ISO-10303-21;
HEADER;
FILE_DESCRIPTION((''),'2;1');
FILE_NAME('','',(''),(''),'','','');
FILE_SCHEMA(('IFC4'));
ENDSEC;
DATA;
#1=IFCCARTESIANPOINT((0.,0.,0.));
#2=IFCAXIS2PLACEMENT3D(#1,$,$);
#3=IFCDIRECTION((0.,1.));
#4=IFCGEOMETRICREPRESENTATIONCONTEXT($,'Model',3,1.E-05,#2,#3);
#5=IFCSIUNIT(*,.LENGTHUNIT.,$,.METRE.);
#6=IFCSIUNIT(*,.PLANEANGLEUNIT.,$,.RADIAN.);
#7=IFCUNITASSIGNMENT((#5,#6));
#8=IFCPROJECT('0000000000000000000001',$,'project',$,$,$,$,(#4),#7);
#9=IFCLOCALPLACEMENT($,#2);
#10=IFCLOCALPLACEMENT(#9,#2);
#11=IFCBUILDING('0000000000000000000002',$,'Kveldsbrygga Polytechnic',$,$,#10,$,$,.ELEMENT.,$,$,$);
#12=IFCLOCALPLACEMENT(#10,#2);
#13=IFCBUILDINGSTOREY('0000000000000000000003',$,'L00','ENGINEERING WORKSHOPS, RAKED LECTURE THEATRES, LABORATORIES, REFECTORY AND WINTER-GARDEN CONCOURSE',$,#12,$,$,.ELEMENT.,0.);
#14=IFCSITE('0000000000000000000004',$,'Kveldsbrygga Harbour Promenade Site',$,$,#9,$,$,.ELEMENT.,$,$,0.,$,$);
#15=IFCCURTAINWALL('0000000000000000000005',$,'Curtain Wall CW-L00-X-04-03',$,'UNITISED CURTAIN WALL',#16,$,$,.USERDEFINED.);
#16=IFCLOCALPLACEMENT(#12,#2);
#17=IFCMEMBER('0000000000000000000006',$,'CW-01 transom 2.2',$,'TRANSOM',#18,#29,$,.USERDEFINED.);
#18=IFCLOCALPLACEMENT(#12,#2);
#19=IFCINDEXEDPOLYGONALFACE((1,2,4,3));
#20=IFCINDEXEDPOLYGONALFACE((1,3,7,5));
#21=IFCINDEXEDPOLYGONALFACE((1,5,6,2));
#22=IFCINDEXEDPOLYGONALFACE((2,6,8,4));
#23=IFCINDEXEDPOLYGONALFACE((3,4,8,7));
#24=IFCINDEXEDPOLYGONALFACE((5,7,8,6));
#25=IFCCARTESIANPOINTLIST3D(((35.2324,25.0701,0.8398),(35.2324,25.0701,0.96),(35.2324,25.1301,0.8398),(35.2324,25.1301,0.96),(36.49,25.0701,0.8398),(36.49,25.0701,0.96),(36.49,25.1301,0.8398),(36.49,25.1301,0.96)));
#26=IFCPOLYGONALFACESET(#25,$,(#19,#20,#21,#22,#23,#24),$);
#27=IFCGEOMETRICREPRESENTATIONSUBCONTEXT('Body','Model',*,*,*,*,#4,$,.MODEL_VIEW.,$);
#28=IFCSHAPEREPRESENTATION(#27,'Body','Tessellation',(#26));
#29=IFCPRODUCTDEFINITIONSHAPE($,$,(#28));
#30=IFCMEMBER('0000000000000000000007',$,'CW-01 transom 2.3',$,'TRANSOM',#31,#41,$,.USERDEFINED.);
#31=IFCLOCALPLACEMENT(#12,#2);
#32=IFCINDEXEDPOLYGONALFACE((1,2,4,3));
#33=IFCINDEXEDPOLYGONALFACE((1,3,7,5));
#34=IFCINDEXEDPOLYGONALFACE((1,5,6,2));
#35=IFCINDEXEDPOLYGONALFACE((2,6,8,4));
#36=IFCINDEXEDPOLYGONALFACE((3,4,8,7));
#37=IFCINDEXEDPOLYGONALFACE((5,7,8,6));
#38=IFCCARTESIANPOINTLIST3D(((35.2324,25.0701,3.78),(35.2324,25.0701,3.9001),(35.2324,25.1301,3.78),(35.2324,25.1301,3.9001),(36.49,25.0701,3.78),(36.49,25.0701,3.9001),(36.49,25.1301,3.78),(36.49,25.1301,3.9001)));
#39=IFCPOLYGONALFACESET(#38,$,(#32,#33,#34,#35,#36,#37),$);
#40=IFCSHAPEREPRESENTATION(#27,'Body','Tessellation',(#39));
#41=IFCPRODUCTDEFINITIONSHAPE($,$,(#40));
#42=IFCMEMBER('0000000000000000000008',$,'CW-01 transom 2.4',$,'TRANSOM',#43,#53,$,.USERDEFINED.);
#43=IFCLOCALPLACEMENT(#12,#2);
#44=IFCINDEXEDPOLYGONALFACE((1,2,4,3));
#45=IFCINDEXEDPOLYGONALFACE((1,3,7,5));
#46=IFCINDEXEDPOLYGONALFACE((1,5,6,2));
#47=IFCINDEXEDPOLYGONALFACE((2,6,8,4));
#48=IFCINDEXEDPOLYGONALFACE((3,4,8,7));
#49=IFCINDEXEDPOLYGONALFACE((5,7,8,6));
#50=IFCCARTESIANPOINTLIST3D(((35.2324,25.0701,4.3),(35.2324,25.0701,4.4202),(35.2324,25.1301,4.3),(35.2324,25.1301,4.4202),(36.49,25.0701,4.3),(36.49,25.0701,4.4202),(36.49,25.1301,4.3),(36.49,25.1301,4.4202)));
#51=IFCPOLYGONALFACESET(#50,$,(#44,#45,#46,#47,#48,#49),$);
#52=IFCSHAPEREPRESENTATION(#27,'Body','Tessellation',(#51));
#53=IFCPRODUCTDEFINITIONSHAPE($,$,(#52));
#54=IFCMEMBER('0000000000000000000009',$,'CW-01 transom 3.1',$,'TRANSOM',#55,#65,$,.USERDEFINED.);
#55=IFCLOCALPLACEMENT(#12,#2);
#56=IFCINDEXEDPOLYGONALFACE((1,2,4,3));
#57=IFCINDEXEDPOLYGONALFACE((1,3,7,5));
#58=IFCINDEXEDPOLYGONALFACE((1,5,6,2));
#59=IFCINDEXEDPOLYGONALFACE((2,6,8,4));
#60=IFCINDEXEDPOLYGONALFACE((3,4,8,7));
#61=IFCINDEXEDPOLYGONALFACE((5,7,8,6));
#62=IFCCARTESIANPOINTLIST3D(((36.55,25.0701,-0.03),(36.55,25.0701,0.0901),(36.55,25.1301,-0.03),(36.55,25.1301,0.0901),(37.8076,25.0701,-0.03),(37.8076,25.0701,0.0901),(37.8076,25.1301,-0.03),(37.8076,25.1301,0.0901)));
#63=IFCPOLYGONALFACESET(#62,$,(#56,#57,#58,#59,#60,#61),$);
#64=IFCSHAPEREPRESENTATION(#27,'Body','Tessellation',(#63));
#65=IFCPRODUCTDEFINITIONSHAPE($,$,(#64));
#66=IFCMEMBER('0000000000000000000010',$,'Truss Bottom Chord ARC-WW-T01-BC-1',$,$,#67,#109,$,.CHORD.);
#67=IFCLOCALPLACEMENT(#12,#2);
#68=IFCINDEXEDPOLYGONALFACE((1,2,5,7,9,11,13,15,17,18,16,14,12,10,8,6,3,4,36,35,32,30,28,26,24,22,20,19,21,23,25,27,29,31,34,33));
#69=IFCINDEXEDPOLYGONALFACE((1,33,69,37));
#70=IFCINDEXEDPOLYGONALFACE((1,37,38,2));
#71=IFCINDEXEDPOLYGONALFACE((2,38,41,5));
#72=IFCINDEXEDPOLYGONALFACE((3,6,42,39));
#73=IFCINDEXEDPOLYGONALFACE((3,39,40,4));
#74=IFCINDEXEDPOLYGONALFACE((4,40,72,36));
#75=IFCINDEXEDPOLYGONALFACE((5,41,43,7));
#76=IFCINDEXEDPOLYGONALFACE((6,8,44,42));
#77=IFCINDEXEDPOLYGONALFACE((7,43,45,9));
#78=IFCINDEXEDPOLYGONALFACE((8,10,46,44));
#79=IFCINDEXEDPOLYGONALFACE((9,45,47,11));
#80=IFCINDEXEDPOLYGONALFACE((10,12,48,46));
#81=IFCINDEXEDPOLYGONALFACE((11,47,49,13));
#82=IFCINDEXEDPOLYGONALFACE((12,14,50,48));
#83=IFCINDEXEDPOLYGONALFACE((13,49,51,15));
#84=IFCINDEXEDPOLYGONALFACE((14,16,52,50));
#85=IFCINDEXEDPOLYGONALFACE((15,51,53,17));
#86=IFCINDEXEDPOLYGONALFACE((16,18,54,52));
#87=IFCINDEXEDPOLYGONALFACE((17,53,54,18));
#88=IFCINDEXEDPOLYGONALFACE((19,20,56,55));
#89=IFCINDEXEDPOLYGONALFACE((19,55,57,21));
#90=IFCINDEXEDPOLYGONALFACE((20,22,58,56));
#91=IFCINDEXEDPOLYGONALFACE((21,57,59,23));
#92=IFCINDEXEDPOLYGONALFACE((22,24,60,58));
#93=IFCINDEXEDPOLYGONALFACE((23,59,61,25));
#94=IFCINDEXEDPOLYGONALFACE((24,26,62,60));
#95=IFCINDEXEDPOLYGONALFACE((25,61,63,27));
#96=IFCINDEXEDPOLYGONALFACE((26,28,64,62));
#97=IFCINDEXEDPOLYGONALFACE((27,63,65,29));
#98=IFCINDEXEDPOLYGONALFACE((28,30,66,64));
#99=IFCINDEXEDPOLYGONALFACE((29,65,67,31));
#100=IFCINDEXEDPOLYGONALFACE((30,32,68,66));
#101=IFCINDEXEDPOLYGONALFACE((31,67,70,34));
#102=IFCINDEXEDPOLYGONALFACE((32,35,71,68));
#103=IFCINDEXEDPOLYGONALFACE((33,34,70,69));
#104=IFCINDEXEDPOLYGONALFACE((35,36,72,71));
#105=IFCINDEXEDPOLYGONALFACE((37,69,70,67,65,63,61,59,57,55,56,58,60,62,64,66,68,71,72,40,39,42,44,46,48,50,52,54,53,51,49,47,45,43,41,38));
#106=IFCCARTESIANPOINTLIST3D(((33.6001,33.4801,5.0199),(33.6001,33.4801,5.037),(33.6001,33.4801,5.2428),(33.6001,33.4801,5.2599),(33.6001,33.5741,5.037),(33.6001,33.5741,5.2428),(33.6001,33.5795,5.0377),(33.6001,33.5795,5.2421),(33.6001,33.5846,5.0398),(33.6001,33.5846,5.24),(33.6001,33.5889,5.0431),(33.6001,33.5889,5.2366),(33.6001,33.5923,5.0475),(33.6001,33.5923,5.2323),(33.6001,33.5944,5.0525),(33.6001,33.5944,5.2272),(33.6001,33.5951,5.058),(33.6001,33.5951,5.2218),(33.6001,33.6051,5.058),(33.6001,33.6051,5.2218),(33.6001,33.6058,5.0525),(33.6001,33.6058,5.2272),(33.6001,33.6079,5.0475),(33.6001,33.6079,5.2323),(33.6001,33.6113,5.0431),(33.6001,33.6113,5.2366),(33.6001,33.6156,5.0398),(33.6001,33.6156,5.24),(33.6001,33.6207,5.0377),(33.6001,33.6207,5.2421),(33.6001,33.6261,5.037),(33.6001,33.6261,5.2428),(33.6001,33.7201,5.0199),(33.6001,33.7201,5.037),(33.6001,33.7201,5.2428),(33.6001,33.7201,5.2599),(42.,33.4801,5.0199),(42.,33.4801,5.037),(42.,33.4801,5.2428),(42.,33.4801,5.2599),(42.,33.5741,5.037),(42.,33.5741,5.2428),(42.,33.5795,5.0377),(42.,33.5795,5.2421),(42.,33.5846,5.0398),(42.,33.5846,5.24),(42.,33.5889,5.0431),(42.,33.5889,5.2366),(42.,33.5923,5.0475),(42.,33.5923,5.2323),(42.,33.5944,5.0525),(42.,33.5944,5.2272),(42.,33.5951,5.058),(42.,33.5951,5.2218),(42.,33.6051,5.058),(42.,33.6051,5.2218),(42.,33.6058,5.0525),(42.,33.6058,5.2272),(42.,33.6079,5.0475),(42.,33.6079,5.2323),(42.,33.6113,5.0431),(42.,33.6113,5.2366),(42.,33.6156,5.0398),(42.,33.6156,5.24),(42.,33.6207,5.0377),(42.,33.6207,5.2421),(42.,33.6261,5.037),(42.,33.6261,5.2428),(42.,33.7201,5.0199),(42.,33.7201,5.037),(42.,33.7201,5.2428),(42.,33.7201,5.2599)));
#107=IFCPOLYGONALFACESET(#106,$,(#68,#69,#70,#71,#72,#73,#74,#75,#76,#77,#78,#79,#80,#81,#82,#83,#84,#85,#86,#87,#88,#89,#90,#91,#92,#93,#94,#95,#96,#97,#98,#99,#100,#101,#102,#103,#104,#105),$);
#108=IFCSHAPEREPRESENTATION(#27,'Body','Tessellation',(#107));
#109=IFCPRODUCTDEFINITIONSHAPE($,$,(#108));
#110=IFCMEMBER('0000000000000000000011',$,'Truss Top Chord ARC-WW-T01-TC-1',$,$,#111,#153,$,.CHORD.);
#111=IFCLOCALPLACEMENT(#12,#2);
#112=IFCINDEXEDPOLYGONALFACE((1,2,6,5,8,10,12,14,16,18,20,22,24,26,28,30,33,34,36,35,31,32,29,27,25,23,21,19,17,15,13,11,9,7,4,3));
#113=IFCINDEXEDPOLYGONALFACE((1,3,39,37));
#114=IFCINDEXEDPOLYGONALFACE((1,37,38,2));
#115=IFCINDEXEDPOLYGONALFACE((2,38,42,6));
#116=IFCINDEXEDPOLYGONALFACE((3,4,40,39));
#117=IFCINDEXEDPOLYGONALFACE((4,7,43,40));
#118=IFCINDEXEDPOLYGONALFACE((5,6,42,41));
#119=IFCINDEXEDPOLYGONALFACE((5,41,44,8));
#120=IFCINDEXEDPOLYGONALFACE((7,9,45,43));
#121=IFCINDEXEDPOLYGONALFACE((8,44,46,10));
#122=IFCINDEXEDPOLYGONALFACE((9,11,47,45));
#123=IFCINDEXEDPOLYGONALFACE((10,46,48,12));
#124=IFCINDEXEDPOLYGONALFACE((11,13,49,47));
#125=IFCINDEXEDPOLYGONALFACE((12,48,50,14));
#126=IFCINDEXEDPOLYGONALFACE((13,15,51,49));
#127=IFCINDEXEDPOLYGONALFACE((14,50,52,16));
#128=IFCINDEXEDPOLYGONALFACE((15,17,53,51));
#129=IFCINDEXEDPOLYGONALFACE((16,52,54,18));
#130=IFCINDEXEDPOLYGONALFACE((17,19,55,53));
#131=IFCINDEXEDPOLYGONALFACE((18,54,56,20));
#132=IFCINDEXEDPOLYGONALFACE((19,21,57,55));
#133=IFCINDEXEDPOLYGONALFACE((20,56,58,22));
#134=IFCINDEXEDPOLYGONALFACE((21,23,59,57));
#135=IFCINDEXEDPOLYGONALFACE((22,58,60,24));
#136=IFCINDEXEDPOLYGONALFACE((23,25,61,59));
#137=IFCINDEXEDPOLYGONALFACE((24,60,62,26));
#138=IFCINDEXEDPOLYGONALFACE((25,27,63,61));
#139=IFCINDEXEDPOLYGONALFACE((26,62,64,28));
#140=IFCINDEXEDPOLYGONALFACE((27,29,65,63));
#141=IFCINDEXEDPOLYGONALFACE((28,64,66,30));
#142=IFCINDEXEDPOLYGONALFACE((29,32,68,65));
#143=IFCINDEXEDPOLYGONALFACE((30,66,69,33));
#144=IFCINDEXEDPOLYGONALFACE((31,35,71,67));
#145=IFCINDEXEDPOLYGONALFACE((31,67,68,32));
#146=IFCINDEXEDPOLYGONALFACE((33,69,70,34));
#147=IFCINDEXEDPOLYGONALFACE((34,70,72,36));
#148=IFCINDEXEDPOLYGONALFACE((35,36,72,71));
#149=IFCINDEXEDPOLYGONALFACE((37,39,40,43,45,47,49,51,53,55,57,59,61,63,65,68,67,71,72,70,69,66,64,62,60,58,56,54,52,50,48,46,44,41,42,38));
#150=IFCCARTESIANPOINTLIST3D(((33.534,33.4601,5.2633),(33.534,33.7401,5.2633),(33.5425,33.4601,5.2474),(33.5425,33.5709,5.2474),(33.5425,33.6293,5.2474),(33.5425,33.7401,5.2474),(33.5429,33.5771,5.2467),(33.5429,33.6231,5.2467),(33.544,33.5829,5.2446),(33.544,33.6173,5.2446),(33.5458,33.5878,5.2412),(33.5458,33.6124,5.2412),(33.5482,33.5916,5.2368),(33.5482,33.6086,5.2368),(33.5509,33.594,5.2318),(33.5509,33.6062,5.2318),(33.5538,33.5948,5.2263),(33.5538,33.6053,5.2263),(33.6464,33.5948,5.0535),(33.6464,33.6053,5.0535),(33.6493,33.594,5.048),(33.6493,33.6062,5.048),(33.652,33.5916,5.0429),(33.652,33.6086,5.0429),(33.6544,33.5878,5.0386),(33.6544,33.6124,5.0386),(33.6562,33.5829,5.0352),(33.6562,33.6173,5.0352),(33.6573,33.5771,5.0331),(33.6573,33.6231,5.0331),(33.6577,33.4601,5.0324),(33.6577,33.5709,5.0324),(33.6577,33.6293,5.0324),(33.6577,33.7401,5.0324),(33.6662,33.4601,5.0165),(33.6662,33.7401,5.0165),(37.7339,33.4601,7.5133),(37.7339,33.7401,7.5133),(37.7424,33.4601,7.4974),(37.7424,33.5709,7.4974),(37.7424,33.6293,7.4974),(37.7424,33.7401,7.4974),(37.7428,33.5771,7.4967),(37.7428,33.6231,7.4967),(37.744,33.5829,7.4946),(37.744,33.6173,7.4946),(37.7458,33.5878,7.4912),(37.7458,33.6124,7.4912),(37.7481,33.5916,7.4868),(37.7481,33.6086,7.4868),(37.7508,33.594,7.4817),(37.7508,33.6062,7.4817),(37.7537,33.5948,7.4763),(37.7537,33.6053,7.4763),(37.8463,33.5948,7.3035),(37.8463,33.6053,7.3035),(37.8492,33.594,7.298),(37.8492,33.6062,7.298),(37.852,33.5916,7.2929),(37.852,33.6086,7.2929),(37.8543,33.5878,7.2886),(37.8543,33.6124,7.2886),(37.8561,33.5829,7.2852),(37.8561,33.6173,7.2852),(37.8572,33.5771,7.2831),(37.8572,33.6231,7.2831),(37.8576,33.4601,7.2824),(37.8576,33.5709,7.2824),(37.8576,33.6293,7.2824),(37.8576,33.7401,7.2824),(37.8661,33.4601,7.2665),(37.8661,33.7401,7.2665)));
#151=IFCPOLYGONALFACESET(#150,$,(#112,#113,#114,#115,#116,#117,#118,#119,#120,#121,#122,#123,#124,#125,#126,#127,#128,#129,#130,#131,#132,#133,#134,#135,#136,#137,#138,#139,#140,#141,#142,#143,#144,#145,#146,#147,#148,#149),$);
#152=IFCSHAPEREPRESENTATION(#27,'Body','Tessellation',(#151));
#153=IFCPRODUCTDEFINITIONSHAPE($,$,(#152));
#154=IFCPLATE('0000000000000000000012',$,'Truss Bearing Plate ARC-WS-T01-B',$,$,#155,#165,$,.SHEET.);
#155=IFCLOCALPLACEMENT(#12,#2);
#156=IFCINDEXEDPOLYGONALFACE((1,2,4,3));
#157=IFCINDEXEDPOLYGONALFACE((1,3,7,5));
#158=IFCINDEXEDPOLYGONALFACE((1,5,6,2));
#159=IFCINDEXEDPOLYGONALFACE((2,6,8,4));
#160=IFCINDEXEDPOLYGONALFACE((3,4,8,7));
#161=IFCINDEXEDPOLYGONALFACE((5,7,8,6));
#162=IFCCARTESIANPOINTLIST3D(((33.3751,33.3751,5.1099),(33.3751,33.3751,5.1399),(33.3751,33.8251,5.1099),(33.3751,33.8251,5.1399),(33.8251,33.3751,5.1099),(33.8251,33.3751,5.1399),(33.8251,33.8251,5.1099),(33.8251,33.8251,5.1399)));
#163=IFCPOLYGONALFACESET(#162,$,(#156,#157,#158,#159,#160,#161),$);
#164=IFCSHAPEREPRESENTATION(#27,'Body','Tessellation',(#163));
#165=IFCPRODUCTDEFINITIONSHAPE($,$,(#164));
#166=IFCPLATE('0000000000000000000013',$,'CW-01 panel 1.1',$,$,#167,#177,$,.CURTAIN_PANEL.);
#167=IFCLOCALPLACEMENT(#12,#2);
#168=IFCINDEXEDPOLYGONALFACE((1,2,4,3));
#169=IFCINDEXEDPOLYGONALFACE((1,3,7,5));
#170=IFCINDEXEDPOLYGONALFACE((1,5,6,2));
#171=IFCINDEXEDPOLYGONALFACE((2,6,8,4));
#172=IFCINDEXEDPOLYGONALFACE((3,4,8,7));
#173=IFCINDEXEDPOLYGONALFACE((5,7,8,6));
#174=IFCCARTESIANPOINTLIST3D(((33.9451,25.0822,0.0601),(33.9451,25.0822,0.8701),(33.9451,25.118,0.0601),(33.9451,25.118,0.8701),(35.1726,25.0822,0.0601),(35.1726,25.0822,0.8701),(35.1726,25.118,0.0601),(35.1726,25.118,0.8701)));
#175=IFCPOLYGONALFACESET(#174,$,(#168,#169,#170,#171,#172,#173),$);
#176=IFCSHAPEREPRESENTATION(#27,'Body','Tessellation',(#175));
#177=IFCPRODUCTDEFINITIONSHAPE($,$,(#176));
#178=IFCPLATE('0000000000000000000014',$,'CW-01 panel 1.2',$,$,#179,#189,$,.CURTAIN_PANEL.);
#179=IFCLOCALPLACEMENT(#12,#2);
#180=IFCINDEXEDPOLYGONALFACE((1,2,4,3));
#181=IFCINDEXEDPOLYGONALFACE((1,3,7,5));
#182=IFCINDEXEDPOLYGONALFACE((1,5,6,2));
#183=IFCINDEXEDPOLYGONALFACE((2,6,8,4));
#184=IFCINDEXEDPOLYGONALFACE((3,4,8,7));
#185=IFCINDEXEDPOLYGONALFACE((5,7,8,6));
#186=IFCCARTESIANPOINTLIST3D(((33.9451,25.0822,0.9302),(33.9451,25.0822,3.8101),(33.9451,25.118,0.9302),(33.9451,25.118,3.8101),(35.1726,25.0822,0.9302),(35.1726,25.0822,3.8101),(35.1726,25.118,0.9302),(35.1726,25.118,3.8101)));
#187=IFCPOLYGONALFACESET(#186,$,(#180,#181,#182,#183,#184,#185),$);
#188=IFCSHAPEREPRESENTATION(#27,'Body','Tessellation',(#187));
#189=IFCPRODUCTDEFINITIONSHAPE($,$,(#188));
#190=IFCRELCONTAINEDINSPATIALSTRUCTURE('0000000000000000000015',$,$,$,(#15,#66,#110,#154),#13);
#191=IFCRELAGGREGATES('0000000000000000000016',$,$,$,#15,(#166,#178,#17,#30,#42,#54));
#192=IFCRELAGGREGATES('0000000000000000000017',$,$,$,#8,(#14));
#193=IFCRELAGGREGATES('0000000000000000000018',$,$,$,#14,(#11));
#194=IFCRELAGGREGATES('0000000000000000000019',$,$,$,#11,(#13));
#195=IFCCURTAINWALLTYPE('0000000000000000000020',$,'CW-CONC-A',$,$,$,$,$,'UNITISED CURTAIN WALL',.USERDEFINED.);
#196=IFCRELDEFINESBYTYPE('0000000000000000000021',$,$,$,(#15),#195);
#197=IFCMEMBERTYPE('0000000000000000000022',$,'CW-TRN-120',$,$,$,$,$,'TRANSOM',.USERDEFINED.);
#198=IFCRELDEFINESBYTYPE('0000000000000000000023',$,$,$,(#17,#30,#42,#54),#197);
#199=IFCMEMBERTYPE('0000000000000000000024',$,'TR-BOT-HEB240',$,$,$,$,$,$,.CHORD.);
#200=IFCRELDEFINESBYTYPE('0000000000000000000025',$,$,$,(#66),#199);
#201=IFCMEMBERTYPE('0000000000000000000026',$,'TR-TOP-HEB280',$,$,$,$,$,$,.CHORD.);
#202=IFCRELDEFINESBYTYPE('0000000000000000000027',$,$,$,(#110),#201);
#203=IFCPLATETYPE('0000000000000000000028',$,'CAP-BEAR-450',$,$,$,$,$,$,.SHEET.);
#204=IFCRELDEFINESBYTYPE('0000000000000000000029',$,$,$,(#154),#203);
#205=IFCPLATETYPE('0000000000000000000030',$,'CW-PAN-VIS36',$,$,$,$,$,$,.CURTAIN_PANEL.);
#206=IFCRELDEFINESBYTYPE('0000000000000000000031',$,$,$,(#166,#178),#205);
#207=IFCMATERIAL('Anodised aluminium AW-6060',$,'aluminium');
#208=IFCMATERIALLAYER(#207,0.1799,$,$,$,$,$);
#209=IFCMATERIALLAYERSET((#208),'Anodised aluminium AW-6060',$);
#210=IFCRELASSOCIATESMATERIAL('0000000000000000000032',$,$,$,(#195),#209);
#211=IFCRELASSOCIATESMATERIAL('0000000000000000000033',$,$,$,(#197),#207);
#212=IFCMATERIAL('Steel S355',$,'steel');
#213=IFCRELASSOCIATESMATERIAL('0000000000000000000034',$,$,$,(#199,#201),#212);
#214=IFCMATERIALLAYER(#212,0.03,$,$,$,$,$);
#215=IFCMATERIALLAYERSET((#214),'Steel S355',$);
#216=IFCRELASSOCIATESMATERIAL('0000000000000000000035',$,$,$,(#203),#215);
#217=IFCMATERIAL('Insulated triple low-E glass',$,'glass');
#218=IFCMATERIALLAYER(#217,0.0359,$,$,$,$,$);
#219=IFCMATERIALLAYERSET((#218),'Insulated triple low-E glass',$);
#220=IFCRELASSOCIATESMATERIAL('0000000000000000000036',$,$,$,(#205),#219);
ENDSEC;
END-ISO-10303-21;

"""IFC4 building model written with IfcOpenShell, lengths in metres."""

from ifc_helpers import new_model, si_unit, direction, frame, origin, origin_2d, place, context, subcontext, project, spatial, rectangle, i_section, extrude, material, layer, layer_set, material_profile, profile_set, type_object, element, aggregate, save


model = new_model("IFC4")

# Units and contexts
model_context = context("Model", 3, precision=1e-05, world=origin(), true_north=direction((0.0, 1.0)))
body_context = subcontext(model_context, "Body", "Model", "MODEL_VIEW")
ifc_project = project(units=[si_unit("LENGTHUNIT", "METRE"), si_unit("PLANEANGLEUNIT", "RADIAN")], contexts=[model_context])

# Site, building, storey
site_placement = place(None, origin())
site = spatial("IfcSite", under=ifc_project, at=site_placement, Name="Kveldsbrygga Harbour Promenade Site", CompositionType="ELEMENT", RefElevation=0.0)
building_placement = place(site_placement, origin())
building = spatial("IfcBuilding", under=site, at=building_placement, Name="Kveldsbrygga Polytechnic", CompositionType="ELEMENT")
storey_placement = place(building_placement, origin())
storey = spatial("IfcBuildingStorey", under=building, at=storey_placement, Name="L00", Description="ENGINEERING WORKSHOPS, RAKED LECTURE THEATRES, LABORATORIES, REFECTORY AND WINTER-GARDEN CONCOURSE", CompositionType="ELEMENT", Elevation=0.0)

# Shared definitions
ifc_material_1 = material(Name="Steel S355", Category="steel")

# Curtain wall, members
ifc_material_2 = material(Name="Anodised aluminium AW-6060", Category="aluminium")
ifc_layer_1 = layer(ifc_material_2, 0.1799)
ifc_layer_set_1 = layer_set([ifc_layer_1], Name="Anodised aluminium AW-6060")
curtain_wall_type = type_object("IfcCurtainWallType", Name="CW-CONC-A", ElementType="UNITISED CURTAIN WALL", PredefinedType="USERDEFINED", material=ifc_layer_set_1)
curtain_wall_placement = place(storey_placement, origin())
curtain_wall = element("IfcCurtainWall", 1, at=curtain_wall_placement, inside=storey, type_object=curtain_wall_type, Name="Curtain Wall CW-L00-X-04-03", ObjectType="UNITISED CURTAIN WALL", PredefinedType="USERDEFINED")
ifc_material_profile_1 = material_profile(ifc_material_2, rectangle(XDim=0.0601, YDim=0.1201, at=origin_2d()), Name="ALU 60x120")
ifc_profile_set_1 = profile_set([ifc_material_profile_1], Name="Anodised aluminium AW-6060")
member_type_1 = type_object("IfcMemberType", Name="CW-TRN-120", ElementType="TRANSOM", PredefinedType="USERDEFINED", material=ifc_profile_set_1)
member_1_placement = place(storey_placement, frame((35.2324, 25.1001, 0.8999), z_axis=(1.0, 0.0, 0.0), x_axis=(0.0, 1.0, 0.0)))
member_1 = element("IfcMember", 2, at=member_1_placement, type_object=member_type_1, Name="CW-01 transom 2.2", ObjectType="TRANSOM", PredefinedType="USERDEFINED", context=body_context, shape_type="SweptSolid", body=[
    extrude(rectangle(XDim=0.0601, YDim=0.1201, at=origin_2d()), origin(), (0.0, 0.0, 1.0), 1.2576),
])
member_2_placement = place(storey_placement, frame((35.2324, 25.1001, 3.8401), z_axis=(1.0, 0.0, 0.0), x_axis=(0.0, 1.0, 0.0)))
member_2 = element("IfcMember", 3, at=member_2_placement, type_object=member_type_1, Name="CW-01 transom 2.3", ObjectType="TRANSOM", PredefinedType="USERDEFINED", context=body_context, shape_type="SweptSolid", body=[
    extrude(rectangle(XDim=0.0601, YDim=0.1201, at=origin_2d()), origin(), (0.0, 0.0, 1.0), 1.2576),
])
member_3_placement = place(storey_placement, frame((35.2324, 25.1001, 4.3601), z_axis=(1.0, 0.0, 0.0), x_axis=(0.0, 1.0, 0.0)))
member_3 = element("IfcMember", 4, at=member_3_placement, type_object=member_type_1, Name="CW-01 transom 2.4", ObjectType="TRANSOM", PredefinedType="USERDEFINED", context=body_context, shape_type="SweptSolid", body=[
    extrude(rectangle(XDim=0.0601, YDim=0.1201, at=origin_2d()), origin(), (0.0, 0.0, 1.0), 1.2576),
])
member_4_placement = place(storey_placement, frame((36.55, 25.1001, 0.03), z_axis=(1.0, 0.0, 0.0), x_axis=(0.0, 1.0, 0.0)))
member_4 = element("IfcMember", 5, at=member_4_placement, type_object=member_type_1, Name="CW-01 transom 3.1", ObjectType="TRANSOM", PredefinedType="USERDEFINED", context=body_context, shape_type="SweptSolid", body=[
    extrude(rectangle(XDim=0.0601, YDim=0.1201, at=origin_2d()), origin(), (0.0, 0.0, 1.0), 1.2576),
])

# Members
ifc_material_profile_2 = material_profile(ifc_material_1, i_section(OverallWidth=0.24, OverallDepth=0.24, WebThickness=0.01, FlangeThickness=0.0171, FilletRadius=0.021, at=origin_2d()), Name="HEB 240")
ifc_profile_set_2 = profile_set([ifc_material_profile_2], Name="Steel S355")
member_type_2 = type_object("IfcMemberType", Name="TR-BOT-HEB240", PredefinedType="CHORD", material=ifc_profile_set_2)
member_5_placement = place(storey_placement, frame((33.6001, 33.6001, 5.1399), z_axis=(1.0, 0.0, 0.0), x_axis=(0.0, 1.0, 0.0)))
element("IfcMember", 6, at=member_5_placement, inside=storey, type_object=member_type_2, Name="Truss Bottom Chord ARC-WW-T01-BC-1", PredefinedType="CHORD", context=body_context, shape_type="SweptSolid", body=[
    extrude(i_section(OverallWidth=0.24, OverallDepth=0.24, WebThickness=0.01, FlangeThickness=0.0171, FilletRadius=0.021, at=origin_2d()), origin(), (0.0, 0.0, 1.0), 8.3999),
])
ifc_material_profile_3 = material_profile(ifc_material_1, i_section(OverallWidth=0.28, OverallDepth=0.28, WebThickness=0.0105, FlangeThickness=0.0181, FilletRadius=0.0239, at=origin_2d()), Name="HEB 280")
ifc_profile_set_3 = profile_set([ifc_material_profile_3], Name="Steel S355")
member_type_3 = type_object("IfcMemberType", Name="TR-TOP-HEB280", PredefinedType="CHORD", material=ifc_profile_set_3)
member_6_placement = place(storey_placement, frame((33.6001, 33.6001, 5.1399), z_axis=(0.881478, 0.0, 0.472226), x_axis=(0.0, 1.0, 0.0)))
element("IfcMember", 7, at=member_6_placement, inside=storey, type_object=member_type_3, Name="Truss Top Chord ARC-WW-T01-TC-1", PredefinedType="CHORD", context=body_context, shape_type="SweptSolid", body=[
    extrude(i_section(OverallWidth=0.28, OverallDepth=0.28, WebThickness=0.0105, FlangeThickness=0.0181, FilletRadius=0.0239, at=origin_2d()), origin(), (0.0, 0.0, 1.0), 4.7646),
])

# Plates
ifc_layer_2 = layer(ifc_material_1, 0.03)
ifc_layer_set_2 = layer_set([ifc_layer_2], Name="Steel S355")
plate_type_1 = type_object("IfcPlateType", Name="CAP-BEAR-450", PredefinedType="SHEET", material=ifc_layer_set_2)
plate_1_placement = place(storey_placement, frame((33.6001, 33.6001, 5.1099), z_axis=(0.0, 0.0, 1.0), x_axis=(1.0, 0.0, 0.0)))
element("IfcPlate", 8, at=plate_1_placement, inside=storey, type_object=plate_type_1, Name="Truss Bearing Plate ARC-WS-T01-B", PredefinedType="SHEET", context=body_context, shape_type="SweptSolid", body=[
    extrude(rectangle(XDim=0.45, YDim=0.45, at=origin_2d()), origin(), (0.0, 0.0, 1.0), 0.03),
])
ifc_material_3 = material(Name="Insulated triple low-E glass", Category="glass")
ifc_layer_3 = layer(ifc_material_3, 0.0359)
ifc_layer_set_3 = layer_set([ifc_layer_3], Name="Insulated triple low-E glass")
plate_type_2 = type_object("IfcPlateType", Name="CW-PAN-VIS36", PredefinedType="CURTAIN_PANEL", material=ifc_layer_set_3)
plate_2_placement = place(storey_placement, frame((34.5588, 25.1001, 0.0601), z_axis=(0.0, 0.0, 1.0), x_axis=(1.0, 0.0, 0.0)))
plate_2 = element("IfcPlate", 9, at=plate_2_placement, type_object=plate_type_2, Name="CW-01 panel 1.1", PredefinedType="CURTAIN_PANEL", context=body_context, shape_type="SweptSolid", body=[
    extrude(rectangle(XDim=1.2275, YDim=0.0359, at=origin_2d()), origin(), (0.0, 0.0, 1.0), 0.8101),
])
plate_3_placement = place(storey_placement, frame((34.5588, 25.1001, 0.9302), z_axis=(0.0, 0.0, 1.0), x_axis=(1.0, 0.0, 0.0)))
plate_3 = element("IfcPlate", 10, at=plate_3_placement, type_object=plate_type_2, Name="CW-01 panel 1.2", PredefinedType="CURTAIN_PANEL", context=body_context, shape_type="SweptSolid", body=[
    extrude(rectangle(XDim=1.2275, YDim=0.0359, at=origin_2d()), origin(), (0.0, 0.0, 1.0), 2.8799),
])
aggregate(curtain_wall, [plate_2, plate_3, member_1, member_2, member_3, member_4])

save(model, "model.ifc")
